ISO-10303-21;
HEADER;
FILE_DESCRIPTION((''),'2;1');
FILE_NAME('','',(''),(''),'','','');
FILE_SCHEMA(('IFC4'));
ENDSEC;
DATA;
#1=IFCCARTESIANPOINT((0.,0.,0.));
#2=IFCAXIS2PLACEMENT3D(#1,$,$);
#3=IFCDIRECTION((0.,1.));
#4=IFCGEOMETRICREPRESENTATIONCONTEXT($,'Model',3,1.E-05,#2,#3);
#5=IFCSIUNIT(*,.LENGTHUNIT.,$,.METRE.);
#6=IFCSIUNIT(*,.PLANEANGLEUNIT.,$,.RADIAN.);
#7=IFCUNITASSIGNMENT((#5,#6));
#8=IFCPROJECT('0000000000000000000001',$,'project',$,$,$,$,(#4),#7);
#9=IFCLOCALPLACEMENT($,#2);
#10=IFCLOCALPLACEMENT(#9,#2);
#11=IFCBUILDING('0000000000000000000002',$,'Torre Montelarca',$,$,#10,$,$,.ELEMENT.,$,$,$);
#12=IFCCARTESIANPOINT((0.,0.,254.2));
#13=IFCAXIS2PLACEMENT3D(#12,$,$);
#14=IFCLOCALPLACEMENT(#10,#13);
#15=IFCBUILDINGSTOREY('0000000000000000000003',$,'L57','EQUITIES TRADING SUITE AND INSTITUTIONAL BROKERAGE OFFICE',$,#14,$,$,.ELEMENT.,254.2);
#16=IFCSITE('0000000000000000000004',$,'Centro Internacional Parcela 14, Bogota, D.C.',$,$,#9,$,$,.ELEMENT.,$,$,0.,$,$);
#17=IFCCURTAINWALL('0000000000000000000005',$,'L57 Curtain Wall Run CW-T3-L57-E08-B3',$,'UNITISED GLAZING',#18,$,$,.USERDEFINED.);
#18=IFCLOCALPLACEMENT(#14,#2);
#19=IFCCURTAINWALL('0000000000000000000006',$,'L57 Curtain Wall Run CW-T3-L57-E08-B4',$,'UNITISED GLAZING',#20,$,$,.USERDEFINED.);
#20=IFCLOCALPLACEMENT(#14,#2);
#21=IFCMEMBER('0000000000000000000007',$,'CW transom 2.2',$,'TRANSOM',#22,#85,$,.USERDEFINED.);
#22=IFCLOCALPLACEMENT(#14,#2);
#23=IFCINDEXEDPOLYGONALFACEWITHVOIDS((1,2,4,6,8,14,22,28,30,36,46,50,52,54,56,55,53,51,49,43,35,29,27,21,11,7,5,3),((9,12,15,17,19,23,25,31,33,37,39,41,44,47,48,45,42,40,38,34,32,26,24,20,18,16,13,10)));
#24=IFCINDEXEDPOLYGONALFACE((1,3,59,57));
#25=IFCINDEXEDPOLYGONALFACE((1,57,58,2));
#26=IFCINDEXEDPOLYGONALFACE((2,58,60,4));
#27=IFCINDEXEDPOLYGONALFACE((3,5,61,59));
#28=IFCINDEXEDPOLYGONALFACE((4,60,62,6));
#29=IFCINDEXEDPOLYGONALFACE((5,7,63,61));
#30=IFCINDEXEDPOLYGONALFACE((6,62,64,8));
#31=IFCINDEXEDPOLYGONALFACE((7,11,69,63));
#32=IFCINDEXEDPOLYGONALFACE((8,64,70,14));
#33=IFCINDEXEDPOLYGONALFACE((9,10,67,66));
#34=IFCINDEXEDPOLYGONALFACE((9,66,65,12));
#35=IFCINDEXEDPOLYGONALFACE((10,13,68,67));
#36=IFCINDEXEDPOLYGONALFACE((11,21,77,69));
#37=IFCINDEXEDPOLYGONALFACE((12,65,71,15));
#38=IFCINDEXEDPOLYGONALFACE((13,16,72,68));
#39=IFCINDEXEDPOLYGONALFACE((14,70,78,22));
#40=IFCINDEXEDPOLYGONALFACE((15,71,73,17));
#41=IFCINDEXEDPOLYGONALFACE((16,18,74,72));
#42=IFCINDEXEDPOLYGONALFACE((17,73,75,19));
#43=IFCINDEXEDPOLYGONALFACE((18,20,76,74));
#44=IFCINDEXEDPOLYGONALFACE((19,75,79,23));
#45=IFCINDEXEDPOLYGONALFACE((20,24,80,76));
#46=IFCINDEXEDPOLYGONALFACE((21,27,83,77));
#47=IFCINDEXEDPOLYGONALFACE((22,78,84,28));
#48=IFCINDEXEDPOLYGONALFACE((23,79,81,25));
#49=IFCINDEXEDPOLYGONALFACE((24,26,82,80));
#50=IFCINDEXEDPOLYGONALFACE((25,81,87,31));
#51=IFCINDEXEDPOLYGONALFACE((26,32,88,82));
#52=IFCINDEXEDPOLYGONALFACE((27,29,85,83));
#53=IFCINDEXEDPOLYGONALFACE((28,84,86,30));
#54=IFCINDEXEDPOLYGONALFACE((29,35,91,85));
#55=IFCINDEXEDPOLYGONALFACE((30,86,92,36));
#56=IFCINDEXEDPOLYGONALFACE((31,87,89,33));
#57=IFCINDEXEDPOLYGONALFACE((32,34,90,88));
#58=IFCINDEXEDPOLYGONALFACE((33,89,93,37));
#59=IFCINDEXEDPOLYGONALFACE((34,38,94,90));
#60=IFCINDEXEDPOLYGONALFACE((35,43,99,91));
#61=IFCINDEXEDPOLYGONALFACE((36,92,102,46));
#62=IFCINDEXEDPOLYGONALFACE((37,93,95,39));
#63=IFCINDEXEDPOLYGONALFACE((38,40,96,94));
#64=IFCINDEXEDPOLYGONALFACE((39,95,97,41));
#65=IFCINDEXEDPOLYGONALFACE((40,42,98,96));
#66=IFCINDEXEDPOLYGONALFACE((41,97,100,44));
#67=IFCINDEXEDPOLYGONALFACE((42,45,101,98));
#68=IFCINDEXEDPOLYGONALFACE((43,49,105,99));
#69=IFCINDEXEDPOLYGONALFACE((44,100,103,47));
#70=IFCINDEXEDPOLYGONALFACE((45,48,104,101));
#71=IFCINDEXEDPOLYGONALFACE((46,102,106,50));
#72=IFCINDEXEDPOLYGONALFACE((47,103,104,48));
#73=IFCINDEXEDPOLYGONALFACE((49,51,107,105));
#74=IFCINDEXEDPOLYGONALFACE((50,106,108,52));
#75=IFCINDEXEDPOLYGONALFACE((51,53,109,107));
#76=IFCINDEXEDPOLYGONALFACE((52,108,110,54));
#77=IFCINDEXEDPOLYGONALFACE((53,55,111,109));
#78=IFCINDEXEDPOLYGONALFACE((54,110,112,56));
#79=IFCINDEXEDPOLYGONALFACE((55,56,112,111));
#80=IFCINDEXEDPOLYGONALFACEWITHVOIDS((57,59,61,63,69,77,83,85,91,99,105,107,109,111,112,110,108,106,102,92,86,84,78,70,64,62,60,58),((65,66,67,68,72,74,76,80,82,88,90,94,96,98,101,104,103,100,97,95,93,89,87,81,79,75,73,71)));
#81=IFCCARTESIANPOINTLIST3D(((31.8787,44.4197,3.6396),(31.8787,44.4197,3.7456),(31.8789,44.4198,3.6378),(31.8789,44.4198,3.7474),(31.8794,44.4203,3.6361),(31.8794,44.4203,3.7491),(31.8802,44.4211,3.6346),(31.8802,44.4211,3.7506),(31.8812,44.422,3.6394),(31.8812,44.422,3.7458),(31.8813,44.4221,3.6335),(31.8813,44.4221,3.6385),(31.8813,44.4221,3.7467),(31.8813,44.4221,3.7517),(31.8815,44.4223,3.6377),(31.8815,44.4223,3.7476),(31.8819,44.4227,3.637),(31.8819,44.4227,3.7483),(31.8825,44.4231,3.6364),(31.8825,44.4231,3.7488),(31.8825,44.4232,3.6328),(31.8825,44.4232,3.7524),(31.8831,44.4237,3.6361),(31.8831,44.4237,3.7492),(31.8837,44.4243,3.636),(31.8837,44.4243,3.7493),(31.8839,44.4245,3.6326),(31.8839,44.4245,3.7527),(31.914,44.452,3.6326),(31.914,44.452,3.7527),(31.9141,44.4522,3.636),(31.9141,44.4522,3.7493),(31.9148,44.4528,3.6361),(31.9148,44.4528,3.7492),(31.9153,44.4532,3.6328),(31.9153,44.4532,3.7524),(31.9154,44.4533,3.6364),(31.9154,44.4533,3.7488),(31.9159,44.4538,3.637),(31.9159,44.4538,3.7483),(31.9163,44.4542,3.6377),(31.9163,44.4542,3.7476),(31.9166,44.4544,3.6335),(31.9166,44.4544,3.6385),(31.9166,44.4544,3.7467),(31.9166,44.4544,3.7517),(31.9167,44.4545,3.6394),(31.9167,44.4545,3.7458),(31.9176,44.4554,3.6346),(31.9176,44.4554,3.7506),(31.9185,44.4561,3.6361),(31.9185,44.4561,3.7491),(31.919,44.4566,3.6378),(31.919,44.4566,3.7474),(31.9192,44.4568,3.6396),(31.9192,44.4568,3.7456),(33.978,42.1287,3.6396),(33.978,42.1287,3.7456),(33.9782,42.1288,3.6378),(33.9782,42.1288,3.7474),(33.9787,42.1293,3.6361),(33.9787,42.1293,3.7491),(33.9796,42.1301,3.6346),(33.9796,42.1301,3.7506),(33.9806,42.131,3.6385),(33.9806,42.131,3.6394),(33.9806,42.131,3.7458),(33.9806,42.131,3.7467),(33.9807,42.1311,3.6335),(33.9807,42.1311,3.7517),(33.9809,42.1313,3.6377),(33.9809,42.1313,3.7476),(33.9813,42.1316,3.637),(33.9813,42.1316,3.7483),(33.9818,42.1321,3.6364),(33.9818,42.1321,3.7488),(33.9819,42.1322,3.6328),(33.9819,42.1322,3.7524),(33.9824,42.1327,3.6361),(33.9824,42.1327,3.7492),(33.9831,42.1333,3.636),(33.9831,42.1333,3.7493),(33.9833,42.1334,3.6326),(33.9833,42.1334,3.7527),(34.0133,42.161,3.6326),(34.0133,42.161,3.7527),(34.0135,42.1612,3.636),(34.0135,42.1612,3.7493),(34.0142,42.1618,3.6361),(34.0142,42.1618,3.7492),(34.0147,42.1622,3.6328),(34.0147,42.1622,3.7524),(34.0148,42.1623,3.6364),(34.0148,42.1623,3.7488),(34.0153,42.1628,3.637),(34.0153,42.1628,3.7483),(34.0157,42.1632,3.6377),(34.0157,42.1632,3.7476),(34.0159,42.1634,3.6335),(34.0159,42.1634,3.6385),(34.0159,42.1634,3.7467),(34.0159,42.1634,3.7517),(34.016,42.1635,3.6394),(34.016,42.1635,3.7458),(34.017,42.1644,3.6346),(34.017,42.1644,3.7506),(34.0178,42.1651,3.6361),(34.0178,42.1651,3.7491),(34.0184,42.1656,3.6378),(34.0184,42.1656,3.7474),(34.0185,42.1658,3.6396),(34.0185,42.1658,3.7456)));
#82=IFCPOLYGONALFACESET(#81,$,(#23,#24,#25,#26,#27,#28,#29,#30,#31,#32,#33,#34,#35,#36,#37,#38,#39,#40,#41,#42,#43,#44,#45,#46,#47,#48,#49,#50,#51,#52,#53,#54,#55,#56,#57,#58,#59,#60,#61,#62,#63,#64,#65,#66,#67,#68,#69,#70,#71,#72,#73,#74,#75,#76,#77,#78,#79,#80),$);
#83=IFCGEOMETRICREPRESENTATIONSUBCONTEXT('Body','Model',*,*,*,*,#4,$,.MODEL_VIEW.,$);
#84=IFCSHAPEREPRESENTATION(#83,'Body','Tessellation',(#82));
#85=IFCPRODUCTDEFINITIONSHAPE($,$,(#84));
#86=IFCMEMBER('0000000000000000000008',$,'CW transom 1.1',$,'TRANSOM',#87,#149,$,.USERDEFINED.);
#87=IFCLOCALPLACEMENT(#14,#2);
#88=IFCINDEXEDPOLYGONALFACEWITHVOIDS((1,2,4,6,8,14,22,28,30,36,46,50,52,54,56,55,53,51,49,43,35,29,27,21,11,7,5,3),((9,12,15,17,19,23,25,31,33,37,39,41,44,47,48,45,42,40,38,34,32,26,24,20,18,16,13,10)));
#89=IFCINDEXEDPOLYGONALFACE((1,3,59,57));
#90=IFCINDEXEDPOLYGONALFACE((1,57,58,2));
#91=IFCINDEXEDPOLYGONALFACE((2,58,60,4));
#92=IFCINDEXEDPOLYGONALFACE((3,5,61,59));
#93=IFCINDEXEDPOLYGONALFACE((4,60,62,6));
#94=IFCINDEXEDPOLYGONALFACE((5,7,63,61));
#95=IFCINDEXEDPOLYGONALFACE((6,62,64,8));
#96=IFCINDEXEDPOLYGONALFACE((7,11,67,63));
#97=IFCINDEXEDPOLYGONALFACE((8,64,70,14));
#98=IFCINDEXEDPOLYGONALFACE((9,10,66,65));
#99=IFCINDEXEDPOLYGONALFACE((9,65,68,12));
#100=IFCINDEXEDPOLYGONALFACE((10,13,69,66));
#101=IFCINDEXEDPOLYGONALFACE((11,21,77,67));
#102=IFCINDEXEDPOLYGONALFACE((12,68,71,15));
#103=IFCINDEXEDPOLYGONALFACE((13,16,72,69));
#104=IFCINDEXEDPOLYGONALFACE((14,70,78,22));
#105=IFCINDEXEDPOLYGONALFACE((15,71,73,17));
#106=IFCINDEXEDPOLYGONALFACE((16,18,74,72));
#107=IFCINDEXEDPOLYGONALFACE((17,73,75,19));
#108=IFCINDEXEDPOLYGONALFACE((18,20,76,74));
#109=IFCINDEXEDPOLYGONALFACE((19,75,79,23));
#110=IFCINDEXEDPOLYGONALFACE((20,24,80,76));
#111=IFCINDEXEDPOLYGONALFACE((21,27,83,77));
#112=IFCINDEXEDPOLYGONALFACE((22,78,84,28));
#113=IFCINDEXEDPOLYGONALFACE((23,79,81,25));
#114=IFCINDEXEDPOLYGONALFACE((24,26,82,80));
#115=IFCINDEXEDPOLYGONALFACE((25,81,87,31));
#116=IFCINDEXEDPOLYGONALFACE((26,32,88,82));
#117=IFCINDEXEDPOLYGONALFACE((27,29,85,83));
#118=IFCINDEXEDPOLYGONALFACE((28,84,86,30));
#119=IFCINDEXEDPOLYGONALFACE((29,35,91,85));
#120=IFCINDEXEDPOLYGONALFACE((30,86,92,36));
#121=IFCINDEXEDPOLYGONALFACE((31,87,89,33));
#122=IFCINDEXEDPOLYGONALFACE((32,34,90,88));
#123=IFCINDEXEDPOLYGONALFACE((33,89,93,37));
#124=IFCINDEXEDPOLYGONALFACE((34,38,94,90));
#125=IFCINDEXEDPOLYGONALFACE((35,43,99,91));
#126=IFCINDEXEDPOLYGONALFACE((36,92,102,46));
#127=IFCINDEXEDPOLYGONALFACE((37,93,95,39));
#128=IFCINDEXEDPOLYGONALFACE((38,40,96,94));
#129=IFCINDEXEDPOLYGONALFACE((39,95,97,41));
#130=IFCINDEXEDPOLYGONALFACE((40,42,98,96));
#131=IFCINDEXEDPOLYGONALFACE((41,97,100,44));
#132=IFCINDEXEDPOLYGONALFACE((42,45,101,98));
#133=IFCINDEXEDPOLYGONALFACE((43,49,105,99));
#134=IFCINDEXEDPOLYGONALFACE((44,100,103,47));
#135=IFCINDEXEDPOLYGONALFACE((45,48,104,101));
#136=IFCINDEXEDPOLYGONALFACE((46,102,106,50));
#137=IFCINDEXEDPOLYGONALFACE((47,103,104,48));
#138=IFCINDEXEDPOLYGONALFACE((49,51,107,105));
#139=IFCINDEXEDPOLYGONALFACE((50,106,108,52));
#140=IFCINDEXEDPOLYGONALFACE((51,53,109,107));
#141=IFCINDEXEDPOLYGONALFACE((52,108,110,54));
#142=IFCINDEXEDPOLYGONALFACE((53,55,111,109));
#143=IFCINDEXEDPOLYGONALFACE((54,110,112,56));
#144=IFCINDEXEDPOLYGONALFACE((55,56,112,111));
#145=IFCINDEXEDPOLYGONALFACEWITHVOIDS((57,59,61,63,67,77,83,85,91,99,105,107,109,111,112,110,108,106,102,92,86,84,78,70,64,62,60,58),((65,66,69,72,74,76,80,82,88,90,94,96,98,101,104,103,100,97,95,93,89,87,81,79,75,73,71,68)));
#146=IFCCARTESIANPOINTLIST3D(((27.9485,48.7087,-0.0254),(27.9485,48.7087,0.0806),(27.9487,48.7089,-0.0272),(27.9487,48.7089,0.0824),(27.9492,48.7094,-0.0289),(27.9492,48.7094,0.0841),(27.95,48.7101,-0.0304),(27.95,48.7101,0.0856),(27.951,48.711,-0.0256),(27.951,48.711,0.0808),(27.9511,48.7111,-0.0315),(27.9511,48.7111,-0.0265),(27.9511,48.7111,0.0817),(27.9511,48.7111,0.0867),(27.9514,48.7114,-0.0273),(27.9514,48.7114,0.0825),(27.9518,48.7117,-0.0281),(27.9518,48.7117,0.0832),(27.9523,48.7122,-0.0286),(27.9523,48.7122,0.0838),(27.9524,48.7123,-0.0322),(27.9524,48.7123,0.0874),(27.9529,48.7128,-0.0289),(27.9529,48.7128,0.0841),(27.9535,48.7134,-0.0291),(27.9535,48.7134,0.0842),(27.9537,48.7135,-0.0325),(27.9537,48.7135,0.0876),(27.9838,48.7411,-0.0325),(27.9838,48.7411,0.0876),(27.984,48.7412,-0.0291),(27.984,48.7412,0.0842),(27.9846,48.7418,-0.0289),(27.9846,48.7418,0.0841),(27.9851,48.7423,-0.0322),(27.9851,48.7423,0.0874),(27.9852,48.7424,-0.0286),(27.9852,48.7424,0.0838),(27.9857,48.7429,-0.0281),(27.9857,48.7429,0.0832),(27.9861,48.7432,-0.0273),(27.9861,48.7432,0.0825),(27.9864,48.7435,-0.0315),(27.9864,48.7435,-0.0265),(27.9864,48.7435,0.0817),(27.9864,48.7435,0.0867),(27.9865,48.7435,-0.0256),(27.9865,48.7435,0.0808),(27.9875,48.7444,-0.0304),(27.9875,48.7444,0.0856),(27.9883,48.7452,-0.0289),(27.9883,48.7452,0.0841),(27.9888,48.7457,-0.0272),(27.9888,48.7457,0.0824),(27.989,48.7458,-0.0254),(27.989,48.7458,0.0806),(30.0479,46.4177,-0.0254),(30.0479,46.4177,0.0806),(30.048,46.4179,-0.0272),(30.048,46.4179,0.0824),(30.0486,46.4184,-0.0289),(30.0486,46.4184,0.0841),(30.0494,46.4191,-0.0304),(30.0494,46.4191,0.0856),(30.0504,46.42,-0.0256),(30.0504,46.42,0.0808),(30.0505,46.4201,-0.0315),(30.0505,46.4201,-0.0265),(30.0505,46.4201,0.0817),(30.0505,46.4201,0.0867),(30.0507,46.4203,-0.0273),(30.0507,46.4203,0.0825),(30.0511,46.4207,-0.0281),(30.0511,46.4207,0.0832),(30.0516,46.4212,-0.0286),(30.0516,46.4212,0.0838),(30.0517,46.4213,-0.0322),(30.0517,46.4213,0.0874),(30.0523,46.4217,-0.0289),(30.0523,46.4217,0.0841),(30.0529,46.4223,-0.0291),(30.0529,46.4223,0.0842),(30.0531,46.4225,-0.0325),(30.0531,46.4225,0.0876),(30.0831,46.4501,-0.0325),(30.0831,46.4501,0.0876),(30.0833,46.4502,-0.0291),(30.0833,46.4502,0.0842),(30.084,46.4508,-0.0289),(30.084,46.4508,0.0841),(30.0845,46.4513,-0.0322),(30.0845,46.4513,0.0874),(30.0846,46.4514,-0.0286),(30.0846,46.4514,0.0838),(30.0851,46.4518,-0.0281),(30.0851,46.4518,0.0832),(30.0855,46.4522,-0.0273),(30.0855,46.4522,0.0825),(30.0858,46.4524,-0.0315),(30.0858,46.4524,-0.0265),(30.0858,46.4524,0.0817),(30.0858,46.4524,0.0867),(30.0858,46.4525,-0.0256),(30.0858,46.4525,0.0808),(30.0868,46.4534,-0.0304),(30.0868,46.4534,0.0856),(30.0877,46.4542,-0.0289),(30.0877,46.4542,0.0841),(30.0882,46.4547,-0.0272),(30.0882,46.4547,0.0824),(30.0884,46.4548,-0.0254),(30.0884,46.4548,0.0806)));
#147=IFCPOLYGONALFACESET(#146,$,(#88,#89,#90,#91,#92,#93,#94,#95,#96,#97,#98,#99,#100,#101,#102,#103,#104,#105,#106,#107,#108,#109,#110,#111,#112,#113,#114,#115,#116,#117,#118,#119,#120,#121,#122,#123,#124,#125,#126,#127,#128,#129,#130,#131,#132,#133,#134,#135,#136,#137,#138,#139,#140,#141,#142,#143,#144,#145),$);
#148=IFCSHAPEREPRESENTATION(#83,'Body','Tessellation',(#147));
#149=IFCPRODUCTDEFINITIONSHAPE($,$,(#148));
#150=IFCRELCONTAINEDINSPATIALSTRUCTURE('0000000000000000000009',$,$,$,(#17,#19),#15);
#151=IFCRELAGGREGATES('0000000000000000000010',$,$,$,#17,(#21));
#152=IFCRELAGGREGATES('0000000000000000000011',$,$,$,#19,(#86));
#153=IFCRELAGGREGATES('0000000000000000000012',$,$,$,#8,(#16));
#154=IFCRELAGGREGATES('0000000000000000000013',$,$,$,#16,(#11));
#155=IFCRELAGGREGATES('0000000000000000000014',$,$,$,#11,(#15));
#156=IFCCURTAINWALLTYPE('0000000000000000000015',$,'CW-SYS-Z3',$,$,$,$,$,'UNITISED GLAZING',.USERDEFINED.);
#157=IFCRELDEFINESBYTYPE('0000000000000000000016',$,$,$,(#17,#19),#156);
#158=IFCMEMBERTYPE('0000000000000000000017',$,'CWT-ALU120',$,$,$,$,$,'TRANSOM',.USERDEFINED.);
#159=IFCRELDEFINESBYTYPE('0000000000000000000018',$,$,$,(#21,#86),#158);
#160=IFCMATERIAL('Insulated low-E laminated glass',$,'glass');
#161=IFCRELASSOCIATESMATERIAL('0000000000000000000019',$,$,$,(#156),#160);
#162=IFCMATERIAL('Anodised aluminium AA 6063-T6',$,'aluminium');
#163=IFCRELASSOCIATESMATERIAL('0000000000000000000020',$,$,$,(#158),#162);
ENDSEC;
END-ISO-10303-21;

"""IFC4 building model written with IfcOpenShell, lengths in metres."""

from ifc_helpers import new_model, si_unit, direction, frame, origin, origin_2d, place, context, subcontext, project, spatial, hollow_rectangle, extrude, source, transform, mapped, material, material_profile, profile_set, type_object, element, aggregate, save


model = new_model("IFC4")

# Units and contexts
model_context = context("Model", 3, precision=1e-05, world=origin(), true_north=direction((0.0, 1.0)))
body_context = subcontext(model_context, "Body", "Model", "MODEL_VIEW")
ifc_project = project(units=[si_unit("LENGTHUNIT", "METRE"), si_unit("PLANEANGLEUNIT", "RADIAN")], contexts=[model_context])

# Site, building, storey
site_placement = place(None, origin())
site = spatial("IfcSite", under=ifc_project, at=site_placement, Name="Centro Internacional Parcela 14, Bogota, D.C.", CompositionType="ELEMENT", RefElevation=0.0)
building_placement = place(site_placement, origin())
building = spatial("IfcBuilding", under=site, at=building_placement, Name="Torre Montelarca", CompositionType="ELEMENT")
storey_placement = place(building_placement, frame((0.0, 0.0, 254.2)))
storey = spatial("IfcBuildingStorey", under=building, at=storey_placement, Name="L57", Description="EQUITIES TRADING SUITE AND INSTITUTIONAL BROKERAGE OFFICE", CompositionType="ELEMENT", Elevation=254.2)

# Shared definitions
ifc_material_1 = material(Name="Insulated low-E laminated glass", Category="glass")
curtain_wall_type = type_object("IfcCurtainWallType", Name="CW-SYS-Z3", ElementType="UNITISED GLAZING", PredefinedType="USERDEFINED", material=ifc_material_1)
ifc_material_2 = material(Name="Anodised aluminium AA 6063-T6", Category="aluminium")

# Curtain wall
curtain_wall_1_placement = place(storey_placement, origin())
curtain_wall_1 = element("IfcCurtainWall", 1, at=curtain_wall_1_placement, inside=storey, type_object=curtain_wall_type, Name="L57 Curtain Wall Run CW-T3-L57-E08-B3", ObjectType="UNITISED GLAZING", PredefinedType="USERDEFINED")

# Curtain wall
curtain_wall_2_placement = place(storey_placement, origin())
curtain_wall_2 = element("IfcCurtainWall", 2, at=curtain_wall_2_placement, inside=storey, type_object=curtain_wall_type, Name="L57 Curtain Wall Run CW-T3-L57-E08-B4", ObjectType="UNITISED GLAZING", PredefinedType="USERDEFINED")

# Members
ifc_material_profile_1 = material_profile(ifc_material_2, hollow_rectangle(XDim=0.0549, YDim=0.1201, WallThickness=0.0034, InnerFilletRadius=0.0034, OuterFilletRadius=0.0071, at=origin_2d()), Name="ALU55X120X3.5", Category="aluminium")
ifc_profile_set_1 = profile_set([ifc_material_profile_1], Name="Anodised aluminium AA 6063-T6")
member_type_1 = type_object("IfcMemberType", Name="CWT-ALU120", ElementType="TRANSOM", PredefinedType="USERDEFINED", material=ifc_profile_set_1)
shared_shape_1 = source(origin(), body_context, "Body", "SweptSolid", [
    extrude(hollow_rectangle(XDim=0.0549, YDim=0.1201, WallThickness=0.0034, InnerFilletRadius=0.0034, OuterFilletRadius=0.0071, at=origin_2d()), origin(), (0.0, 0.0, 1.0), 3.1074),
])
member_1_placement = place(storey_placement, frame((33.9983, 42.1472, 3.6926), z_axis=(-0.675597, 0.737272, 0.0), x_axis=(-0.737272, -0.675597, 0.0)))
member_1 = element("IfcMember", 3, at=member_1_placement, type_object=member_type_1, Name="CW transom 2.2", ObjectType="TRANSOM", PredefinedType="USERDEFINED", context=body_context, shape_type="MappedRepresentation", body=[
    mapped(shared_shape_1, transform((0.0, 0.0, 0.0), scale=1.0)),
])
member_2_placement = place(storey_placement, frame((30.0681, 46.4363, 0.0276), z_axis=(-0.675597, 0.737272, 0.0), x_axis=(-0.737272, -0.675597, 0.0)))
member_2 = element("IfcMember", 4, at=member_2_placement, type_object=member_type_1, Name="CW transom 1.1", ObjectType="TRANSOM", PredefinedType="USERDEFINED", context=body_context, shape_type="MappedRepresentation", body=[
    mapped(shared_shape_1, transform((0.0, 0.0, 0.0), scale=1.0)),
])

aggregate(curtain_wall_1, [member_1])
aggregate(curtain_wall_2, [member_2])

save(model, "model.ifc")
